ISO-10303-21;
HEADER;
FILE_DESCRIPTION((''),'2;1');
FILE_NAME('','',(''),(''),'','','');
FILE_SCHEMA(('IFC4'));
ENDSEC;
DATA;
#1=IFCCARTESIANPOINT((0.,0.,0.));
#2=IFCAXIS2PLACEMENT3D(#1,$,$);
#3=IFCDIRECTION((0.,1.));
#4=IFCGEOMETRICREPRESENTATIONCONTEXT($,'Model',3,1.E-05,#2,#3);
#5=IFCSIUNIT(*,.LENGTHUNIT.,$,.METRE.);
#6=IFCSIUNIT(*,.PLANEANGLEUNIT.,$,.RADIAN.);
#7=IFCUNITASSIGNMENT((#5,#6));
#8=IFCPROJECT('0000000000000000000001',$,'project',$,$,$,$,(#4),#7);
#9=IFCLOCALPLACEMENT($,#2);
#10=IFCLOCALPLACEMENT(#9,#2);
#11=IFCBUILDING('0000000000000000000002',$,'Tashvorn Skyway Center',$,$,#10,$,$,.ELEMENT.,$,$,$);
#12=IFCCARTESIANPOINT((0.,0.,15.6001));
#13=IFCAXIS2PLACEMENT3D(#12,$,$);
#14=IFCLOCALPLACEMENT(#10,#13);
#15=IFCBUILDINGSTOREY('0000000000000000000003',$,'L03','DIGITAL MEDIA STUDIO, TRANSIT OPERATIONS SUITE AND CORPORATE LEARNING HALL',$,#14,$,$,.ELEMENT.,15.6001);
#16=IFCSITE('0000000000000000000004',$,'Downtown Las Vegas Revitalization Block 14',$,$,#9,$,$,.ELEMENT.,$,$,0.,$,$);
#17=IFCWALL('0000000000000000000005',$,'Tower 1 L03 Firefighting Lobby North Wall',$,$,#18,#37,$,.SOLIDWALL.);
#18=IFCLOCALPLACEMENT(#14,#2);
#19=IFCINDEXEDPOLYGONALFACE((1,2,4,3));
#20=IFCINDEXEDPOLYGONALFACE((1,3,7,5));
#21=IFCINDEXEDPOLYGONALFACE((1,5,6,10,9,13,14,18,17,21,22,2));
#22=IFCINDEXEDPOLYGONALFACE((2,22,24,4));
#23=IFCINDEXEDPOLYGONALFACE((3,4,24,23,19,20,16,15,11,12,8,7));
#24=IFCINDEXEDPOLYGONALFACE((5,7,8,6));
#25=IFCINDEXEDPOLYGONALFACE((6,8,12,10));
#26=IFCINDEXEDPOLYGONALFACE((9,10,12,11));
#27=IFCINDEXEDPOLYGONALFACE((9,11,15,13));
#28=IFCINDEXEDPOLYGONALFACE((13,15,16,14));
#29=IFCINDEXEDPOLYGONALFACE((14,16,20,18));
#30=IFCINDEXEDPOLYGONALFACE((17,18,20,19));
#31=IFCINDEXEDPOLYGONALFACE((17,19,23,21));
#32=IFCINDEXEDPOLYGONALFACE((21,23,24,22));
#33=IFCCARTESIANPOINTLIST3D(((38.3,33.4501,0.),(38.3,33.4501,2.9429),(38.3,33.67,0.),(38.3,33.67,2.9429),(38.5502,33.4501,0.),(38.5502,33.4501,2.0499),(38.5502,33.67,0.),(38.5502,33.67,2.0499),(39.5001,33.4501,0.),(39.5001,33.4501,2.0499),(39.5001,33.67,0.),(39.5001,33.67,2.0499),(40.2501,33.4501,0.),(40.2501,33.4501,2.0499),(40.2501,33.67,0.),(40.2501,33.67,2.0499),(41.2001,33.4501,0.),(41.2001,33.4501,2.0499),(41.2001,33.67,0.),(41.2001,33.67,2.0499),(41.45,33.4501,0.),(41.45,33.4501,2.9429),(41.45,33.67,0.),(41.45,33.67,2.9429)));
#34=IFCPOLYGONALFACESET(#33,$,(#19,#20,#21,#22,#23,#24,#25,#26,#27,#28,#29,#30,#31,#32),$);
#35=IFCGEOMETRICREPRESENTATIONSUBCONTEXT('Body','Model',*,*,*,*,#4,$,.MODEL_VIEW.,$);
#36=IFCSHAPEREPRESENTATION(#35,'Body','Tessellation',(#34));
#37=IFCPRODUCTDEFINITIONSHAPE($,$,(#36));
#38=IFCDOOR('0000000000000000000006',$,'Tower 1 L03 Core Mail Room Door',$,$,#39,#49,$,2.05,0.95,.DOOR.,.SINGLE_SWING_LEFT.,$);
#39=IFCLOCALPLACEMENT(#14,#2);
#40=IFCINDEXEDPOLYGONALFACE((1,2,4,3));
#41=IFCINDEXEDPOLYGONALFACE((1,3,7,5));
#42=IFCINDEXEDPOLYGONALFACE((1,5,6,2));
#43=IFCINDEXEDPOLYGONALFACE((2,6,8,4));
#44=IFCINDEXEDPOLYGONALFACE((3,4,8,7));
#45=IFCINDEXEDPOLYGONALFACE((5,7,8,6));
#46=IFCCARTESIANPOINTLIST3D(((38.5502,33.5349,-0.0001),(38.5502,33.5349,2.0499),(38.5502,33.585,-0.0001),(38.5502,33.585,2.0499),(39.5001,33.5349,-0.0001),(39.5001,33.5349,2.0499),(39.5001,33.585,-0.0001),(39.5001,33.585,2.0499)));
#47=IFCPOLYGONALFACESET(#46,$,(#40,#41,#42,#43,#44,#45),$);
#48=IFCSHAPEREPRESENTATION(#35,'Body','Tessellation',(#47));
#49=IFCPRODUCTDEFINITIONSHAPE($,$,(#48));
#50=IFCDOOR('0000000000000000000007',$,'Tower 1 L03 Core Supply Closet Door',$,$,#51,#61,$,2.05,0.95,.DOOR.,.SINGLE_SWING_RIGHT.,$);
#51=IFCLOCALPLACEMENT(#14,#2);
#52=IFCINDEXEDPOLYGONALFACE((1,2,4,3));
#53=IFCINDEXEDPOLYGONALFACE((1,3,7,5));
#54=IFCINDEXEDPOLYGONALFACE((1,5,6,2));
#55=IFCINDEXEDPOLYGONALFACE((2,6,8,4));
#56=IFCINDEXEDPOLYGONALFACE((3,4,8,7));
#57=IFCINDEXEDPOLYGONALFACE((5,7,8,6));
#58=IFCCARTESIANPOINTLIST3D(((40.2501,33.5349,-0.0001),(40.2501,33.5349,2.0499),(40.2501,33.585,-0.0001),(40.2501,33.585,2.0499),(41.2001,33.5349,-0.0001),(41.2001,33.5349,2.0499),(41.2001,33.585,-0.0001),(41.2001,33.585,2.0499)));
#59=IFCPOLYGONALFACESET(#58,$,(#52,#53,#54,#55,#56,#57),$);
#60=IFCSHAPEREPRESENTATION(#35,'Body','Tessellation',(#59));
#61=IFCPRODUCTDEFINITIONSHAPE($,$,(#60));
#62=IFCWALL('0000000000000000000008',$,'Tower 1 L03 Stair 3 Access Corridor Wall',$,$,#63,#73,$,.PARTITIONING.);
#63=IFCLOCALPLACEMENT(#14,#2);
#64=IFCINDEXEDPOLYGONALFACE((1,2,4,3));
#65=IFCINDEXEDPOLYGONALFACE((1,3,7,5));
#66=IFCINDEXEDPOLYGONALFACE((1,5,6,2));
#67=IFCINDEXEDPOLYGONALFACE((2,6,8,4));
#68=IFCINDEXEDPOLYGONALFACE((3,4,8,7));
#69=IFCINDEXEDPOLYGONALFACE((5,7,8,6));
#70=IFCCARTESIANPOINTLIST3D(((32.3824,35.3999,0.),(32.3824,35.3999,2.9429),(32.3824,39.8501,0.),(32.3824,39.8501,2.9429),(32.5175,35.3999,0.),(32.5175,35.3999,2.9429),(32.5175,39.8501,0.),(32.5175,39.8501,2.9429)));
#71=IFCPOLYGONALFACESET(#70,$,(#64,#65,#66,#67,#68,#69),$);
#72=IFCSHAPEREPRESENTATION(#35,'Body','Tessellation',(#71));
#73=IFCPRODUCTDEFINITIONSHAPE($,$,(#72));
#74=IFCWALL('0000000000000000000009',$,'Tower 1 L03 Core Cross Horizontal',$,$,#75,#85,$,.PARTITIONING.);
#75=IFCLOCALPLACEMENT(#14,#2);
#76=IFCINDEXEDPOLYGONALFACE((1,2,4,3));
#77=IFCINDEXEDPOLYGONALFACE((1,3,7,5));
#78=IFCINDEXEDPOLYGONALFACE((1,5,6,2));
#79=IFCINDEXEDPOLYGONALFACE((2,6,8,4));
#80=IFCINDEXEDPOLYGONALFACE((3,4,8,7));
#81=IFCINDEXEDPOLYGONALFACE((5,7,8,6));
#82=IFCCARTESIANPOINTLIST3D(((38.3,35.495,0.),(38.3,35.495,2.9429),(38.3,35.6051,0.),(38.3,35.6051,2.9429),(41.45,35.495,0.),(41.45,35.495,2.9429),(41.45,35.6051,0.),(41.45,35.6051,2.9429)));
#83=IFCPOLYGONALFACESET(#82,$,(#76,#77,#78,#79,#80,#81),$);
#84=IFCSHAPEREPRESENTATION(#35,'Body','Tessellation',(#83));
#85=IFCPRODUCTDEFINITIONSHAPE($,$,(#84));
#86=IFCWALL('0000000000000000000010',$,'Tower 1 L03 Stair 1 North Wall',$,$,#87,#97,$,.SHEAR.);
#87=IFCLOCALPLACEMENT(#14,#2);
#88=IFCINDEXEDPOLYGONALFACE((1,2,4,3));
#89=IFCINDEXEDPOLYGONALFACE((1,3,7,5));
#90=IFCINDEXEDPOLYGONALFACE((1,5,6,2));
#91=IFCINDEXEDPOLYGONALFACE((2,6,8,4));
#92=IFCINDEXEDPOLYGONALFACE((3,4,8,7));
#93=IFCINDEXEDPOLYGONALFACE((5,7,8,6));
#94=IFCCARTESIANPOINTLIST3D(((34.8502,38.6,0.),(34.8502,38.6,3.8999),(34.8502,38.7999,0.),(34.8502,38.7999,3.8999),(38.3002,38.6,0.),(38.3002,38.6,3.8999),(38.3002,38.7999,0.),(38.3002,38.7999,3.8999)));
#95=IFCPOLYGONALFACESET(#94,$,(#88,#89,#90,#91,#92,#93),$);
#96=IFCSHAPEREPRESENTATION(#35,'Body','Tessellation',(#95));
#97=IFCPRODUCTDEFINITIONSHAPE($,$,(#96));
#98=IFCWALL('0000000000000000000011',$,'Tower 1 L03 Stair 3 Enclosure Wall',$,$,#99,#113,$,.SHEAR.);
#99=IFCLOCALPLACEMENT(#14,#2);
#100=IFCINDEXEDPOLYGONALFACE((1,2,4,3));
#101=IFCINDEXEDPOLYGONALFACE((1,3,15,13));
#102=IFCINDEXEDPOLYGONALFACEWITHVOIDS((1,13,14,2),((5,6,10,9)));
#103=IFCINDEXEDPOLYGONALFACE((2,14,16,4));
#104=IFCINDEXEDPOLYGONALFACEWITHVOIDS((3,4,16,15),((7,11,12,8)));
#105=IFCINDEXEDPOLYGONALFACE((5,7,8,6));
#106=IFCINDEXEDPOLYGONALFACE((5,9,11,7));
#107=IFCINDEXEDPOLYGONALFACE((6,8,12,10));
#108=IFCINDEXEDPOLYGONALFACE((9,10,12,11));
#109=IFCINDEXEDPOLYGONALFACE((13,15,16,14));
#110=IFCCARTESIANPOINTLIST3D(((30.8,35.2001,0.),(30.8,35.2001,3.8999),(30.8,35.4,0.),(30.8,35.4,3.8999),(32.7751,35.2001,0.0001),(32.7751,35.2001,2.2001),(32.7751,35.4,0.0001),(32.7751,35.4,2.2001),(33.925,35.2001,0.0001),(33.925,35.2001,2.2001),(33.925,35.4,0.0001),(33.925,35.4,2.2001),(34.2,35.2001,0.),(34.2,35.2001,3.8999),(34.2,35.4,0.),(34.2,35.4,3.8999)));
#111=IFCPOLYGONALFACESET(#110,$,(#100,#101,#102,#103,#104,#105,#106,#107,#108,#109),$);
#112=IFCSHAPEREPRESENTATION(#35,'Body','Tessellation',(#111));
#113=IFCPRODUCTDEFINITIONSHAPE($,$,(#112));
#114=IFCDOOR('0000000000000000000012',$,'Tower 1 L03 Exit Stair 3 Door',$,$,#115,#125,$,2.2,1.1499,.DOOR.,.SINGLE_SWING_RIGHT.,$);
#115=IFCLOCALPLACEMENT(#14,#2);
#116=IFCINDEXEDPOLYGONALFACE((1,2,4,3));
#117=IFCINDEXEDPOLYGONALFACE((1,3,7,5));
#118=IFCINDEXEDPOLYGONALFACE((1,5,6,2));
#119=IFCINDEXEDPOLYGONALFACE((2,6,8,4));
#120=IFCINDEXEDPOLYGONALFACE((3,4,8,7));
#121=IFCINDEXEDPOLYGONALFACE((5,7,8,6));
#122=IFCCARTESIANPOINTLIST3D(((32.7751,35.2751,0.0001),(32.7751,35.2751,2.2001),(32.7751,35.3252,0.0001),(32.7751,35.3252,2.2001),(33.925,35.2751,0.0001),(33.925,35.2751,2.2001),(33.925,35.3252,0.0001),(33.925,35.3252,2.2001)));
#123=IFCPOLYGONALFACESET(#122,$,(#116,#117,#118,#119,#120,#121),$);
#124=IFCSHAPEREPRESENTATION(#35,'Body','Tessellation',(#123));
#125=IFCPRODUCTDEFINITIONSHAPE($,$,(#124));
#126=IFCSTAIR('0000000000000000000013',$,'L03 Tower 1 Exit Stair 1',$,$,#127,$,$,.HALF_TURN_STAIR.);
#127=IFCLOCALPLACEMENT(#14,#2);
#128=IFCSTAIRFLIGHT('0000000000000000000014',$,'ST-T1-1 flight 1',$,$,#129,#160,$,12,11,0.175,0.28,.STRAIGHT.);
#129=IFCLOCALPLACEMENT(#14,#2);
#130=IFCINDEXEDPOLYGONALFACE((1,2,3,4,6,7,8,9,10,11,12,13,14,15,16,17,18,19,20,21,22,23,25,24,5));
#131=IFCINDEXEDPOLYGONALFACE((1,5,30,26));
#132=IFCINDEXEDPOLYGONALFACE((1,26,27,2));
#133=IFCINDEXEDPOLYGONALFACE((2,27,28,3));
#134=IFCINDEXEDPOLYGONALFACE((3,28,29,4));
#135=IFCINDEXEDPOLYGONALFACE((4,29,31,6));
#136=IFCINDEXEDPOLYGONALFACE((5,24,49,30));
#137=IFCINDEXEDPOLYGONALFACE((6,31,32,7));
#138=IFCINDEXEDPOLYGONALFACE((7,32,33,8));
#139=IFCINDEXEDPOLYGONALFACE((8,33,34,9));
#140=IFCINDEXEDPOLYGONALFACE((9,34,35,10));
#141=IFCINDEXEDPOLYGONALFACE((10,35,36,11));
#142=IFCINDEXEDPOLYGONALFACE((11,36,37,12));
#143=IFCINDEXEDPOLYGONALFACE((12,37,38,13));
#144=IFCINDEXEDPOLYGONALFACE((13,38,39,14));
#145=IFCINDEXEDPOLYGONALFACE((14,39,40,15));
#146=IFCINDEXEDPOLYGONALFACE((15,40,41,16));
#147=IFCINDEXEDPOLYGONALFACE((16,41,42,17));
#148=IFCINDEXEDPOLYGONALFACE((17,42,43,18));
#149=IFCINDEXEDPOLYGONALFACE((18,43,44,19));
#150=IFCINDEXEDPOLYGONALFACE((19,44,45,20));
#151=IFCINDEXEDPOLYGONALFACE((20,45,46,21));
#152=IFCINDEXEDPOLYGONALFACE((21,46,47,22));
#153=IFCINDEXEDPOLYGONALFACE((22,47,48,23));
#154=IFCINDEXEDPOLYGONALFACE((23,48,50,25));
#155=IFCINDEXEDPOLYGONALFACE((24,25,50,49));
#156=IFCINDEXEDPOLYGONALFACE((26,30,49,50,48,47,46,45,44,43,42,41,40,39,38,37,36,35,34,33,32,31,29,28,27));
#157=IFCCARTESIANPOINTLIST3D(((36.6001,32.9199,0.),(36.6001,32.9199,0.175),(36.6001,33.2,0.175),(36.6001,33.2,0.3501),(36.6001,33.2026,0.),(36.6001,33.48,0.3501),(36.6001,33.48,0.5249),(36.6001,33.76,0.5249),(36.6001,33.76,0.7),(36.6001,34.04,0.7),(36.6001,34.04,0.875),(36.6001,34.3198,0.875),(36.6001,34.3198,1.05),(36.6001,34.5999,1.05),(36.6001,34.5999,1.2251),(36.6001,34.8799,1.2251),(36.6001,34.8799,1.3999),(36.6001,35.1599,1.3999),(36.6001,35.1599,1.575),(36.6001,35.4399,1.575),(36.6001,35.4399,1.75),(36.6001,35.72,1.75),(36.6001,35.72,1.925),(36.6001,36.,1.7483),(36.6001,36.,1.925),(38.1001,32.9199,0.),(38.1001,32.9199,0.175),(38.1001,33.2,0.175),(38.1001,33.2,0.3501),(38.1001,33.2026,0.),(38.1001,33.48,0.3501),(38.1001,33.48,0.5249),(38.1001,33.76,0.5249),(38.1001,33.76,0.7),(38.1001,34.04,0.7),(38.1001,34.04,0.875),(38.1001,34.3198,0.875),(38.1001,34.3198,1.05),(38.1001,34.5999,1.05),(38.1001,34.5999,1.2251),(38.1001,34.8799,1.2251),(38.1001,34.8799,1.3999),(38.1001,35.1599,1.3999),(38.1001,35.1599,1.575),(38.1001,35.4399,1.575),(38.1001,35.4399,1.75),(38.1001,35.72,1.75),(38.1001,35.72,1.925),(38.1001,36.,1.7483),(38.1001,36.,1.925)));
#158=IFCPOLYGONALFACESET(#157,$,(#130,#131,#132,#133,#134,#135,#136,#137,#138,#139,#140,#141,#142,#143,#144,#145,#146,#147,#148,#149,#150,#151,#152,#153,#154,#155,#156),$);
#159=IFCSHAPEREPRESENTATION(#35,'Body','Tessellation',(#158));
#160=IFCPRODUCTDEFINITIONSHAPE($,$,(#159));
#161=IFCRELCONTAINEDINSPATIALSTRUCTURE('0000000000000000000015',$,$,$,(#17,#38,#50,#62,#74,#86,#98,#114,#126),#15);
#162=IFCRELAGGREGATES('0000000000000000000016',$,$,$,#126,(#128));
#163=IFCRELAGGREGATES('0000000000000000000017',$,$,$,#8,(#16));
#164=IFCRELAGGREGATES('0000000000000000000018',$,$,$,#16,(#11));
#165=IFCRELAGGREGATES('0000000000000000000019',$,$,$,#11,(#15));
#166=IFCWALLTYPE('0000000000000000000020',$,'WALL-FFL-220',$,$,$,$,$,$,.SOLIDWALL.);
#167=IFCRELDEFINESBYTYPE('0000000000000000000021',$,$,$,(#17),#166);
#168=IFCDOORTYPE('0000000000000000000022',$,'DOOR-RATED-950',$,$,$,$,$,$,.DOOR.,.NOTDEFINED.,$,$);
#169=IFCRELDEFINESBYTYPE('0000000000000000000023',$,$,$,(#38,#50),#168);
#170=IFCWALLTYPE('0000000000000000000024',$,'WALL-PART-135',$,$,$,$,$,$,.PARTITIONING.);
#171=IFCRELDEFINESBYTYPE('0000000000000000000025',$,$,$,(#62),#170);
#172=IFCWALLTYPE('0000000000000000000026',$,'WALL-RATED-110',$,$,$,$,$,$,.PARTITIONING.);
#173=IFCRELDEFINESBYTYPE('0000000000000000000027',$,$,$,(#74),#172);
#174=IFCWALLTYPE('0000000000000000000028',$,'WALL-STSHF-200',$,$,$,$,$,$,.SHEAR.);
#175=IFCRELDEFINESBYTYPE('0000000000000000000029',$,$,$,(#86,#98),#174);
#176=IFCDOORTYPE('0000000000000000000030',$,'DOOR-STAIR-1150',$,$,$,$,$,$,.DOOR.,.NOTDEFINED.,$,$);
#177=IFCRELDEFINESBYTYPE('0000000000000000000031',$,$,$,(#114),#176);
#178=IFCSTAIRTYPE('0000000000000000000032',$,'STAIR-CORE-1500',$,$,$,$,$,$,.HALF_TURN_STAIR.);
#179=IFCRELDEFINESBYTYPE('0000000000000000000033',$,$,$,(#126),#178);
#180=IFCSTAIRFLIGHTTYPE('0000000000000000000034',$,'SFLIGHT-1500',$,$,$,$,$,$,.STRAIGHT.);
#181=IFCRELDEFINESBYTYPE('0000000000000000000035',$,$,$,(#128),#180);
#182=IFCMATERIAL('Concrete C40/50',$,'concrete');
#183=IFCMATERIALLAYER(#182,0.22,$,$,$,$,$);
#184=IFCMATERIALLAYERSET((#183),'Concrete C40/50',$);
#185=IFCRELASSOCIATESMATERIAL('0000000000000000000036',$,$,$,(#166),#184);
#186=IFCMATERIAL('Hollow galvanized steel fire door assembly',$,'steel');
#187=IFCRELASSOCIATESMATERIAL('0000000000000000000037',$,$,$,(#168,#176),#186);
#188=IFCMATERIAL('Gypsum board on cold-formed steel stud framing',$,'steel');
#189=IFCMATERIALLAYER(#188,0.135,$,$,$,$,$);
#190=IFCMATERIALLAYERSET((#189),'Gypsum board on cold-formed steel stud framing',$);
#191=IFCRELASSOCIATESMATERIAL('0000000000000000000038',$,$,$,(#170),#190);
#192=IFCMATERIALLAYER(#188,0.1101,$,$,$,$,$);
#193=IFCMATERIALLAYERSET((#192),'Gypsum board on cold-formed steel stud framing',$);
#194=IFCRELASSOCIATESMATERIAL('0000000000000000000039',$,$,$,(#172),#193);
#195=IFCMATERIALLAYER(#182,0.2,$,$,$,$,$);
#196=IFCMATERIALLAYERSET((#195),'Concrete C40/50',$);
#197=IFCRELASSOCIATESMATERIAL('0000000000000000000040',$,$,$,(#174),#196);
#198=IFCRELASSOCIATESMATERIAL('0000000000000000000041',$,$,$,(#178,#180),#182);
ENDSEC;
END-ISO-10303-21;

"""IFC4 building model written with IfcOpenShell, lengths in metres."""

from ifc_helpers import new_model, si_unit, direction, frame, frame_2d, origin, place, context, subcontext, project, spatial, polyline, rectangle, outline, extrude, material, layer, layer_set, type_object, element, fill, aggregate, save


model = new_model("IFC4")

# Units and contexts
model_context = context("Model", 3, precision=1e-05, world=origin(), true_north=direction((0.0, 1.0)))
body_context = subcontext(model_context, "Body", "Model", "MODEL_VIEW")
ifc_project = project(units=[si_unit("LENGTHUNIT", "METRE"), si_unit("PLANEANGLEUNIT", "RADIAN")], contexts=[model_context])

# Site, building, storey
site_placement = place(None, origin())
site = spatial("IfcSite", under=ifc_project, at=site_placement, Name="Downtown Las Vegas Revitalization Block 14", CompositionType="ELEMENT", RefElevation=0.0)
building_placement = place(site_placement, origin())
building = spatial("IfcBuilding", under=site, at=building_placement, Name="Tashvorn Skyway Center", CompositionType="ELEMENT")
storey_placement = place(building_placement, frame((0.0, 0.0, 15.6001)))
storey = spatial("IfcBuildingStorey", under=building, at=storey_placement, Name="L03", Description="DIGITAL MEDIA STUDIO, TRANSIT OPERATIONS SUITE AND CORPORATE LEARNING HALL", CompositionType="ELEMENT", Elevation=15.6001)

# Wall, openings, doors
ifc_material_1 = material(Name="Hollow galvanized steel fire door assembly", Category="steel")
ifc_material_2 = material(Name="Concrete C40/50", Category="concrete")
ifc_layer_1 = layer(ifc_material_2, 0.22)
ifc_layer_set_1 = layer_set([ifc_layer_1], Name="Concrete C40/50")
wall_type_1 = type_object("IfcWallType", Name="WALL-FFL-220", PredefinedType="SOLIDWALL", material=ifc_layer_set_1)
wall_1_placement = place(storey_placement, frame((38.3, 33.5601, 0.0), z_axis=(0.0, 0.0, 1.0), x_axis=(1.0, 0.0, 0.0)))
wall_1 = element("IfcWall", 1, at=wall_1_placement, inside=storey, type_object=wall_type_1, Name="Tower 1 L03 Firefighting Lobby North Wall", PredefinedType="SOLIDWALL", context=body_context, shape_type="SweptSolid", body=[
    extrude(rectangle(XDim=3.1499, YDim=0.22, at=frame_2d((1.575, 0.0))), origin(), (0.0, 0.0, 1.0), 2.9429),
])
opening_1_placement = place(wall_1_placement, frame((0.25, 0.0, 0.0)))
opening_1 = element("IfcOpeningElement", 2, at=opening_1_placement, cuts=wall_1, PredefinedType="OPENING", context=body_context, shape_type="SweptSolid", body=[
    extrude(rectangle(XDim=0.95, YDim=2.05, at=frame_2d((0.4751, 1.0249))), frame((0.0, 0.1199, 0.0), z_axis=(0.0, -1.0, 0.0), x_axis=(1.0, 0.0, 0.0)), (0.0, 0.0, 1.0), 0.24),
])
opening_2_placement = place(wall_1_placement, frame((1.95, 0.0, 0.0)))
opening_2 = element("IfcOpeningElement", 3, at=opening_2_placement, cuts=wall_1, PredefinedType="OPENING", context=body_context, shape_type="SweptSolid", body=[
    extrude(rectangle(XDim=0.95, YDim=2.05, at=frame_2d((0.4751, 1.0249))), frame((0.0, 0.1199, 0.0), z_axis=(0.0, -1.0, 0.0), x_axis=(1.0, 0.0, 0.0)), (0.0, 0.0, 1.0), 0.24),
])
door_type_1 = type_object("IfcDoorType", Name="DOOR-RATED-950", OperationType="NOTDEFINED", PredefinedType="DOOR", material=ifc_material_1)
door_1_placement = place(opening_1_placement, origin())
door_1 = element("IfcDoor", 4, at=door_1_placement, inside=storey, type_object=door_type_1, Name="Tower 1 L03 Core Mail Room Door", OperationType="SINGLE_SWING_LEFT", OverallHeight=2.05, OverallWidth=0.95, PredefinedType="DOOR", context=body_context, shape_type="SweptSolid", body=[
    extrude(rectangle(XDim=0.95, YDim=2.05, at=frame_2d((0.4751, 1.0249))), frame((0.0, 0.0249, 0.0), z_axis=(0.0, -1.0, 0.0), x_axis=(1.0, 0.0, 0.0)), (0.0, 0.0, 1.0), 0.05),
])
fill(opening_1, door_1)
door_2_placement = place(opening_2_placement, origin())
door_2 = element("IfcDoor", 5, at=door_2_placement, inside=storey, type_object=door_type_1, Name="Tower 1 L03 Core Supply Closet Door", OperationType="SINGLE_SWING_RIGHT", OverallHeight=2.05, OverallWidth=0.95, PredefinedType="DOOR", context=body_context, shape_type="SweptSolid", body=[
    extrude(rectangle(XDim=0.95, YDim=2.05, at=frame_2d((0.4751, 1.0249))), frame((0.0, 0.0249, 0.0), z_axis=(0.0, -1.0, 0.0), x_axis=(1.0, 0.0, 0.0)), (0.0, 0.0, 1.0), 0.05),
])
fill(opening_2, door_2)

# Walls
ifc_material_3 = material(Name="Gypsum board on cold-formed steel stud framing", Category="steel")
ifc_layer_2 = layer(ifc_material_3, 0.135)
ifc_layer_set_2 = layer_set([ifc_layer_2], Name="Gypsum board on cold-formed steel stud framing")
wall_type_2 = type_object("IfcWallType", Name="WALL-PART-135", PredefinedType="PARTITIONING", material=ifc_layer_set_2)
wall_2_placement = place(storey_placement, frame((32.45, 35.3999, 0.0), z_axis=(0.0, 0.0, 1.0), x_axis=(0.0, 1.0, 0.0)))
element("IfcWall", 6, at=wall_2_placement, inside=storey, type_object=wall_type_2, Name="Tower 1 L03 Stair 3 Access Corridor Wall", PredefinedType="PARTITIONING", context=body_context, shape_type="SweptSolid", body=[
    extrude(rectangle(XDim=4.4502, YDim=0.135, at=frame_2d((2.2251, 0.0))), origin(), (0.0, 0.0, 1.0), 2.9429),
])
ifc_layer_3 = layer(ifc_material_3, 0.1101)
ifc_layer_set_3 = layer_set([ifc_layer_3], Name="Gypsum board on cold-formed steel stud framing")
wall_type_3 = type_object("IfcWallType", Name="WALL-RATED-110", PredefinedType="PARTITIONING", material=ifc_layer_set_3)
wall_3_placement = place(storey_placement, frame((38.3, 35.55, 0.0), z_axis=(0.0, 0.0, 1.0), x_axis=(1.0, 0.0, 0.0)))
element("IfcWall", 7, at=wall_3_placement, inside=storey, type_object=wall_type_3, Name="Tower 1 L03 Core Cross Horizontal", PredefinedType="PARTITIONING", context=body_context, shape_type="SweptSolid", body=[
    extrude(rectangle(XDim=3.1499, YDim=0.1101, at=frame_2d((1.575, 0.0))), origin(), (0.0, 0.0, 1.0), 2.9429),
])
ifc_layer_4 = layer(ifc_material_2, 0.2)
ifc_layer_set_4 = layer_set([ifc_layer_4], Name="Concrete C40/50")
wall_type_4 = type_object("IfcWallType", Name="WALL-STSHF-200", PredefinedType="SHEAR", material=ifc_layer_set_4)
wall_4_placement = place(storey_placement, frame((34.8501, 38.7, 0.0), z_axis=(0.0, 0.0, 1.0), x_axis=(1.0, 0.0, 0.0)))
element("IfcWall", 8, at=wall_4_placement, inside=storey, type_object=wall_type_4, Name="Tower 1 L03 Stair 1 North Wall", PredefinedType="SHEAR", context=body_context, shape_type="SweptSolid", body=[
    extrude(rectangle(XDim=3.45, YDim=0.2, at=frame_2d((1.7251, 0.0))), origin(), (0.0, 0.0, 1.0), 3.8999),
])

# Wall, opening, door
wall_5_placement = place(storey_placement, frame((34.2, 35.3, 0.0), z_axis=(0.0, 0.0, 1.0), x_axis=(-1.0, 0.0, 0.0)))
wall_5 = element("IfcWall", 9, at=wall_5_placement, inside=storey, type_object=wall_type_4, Name="Tower 1 L03 Stair 3 Enclosure Wall", PredefinedType="SHEAR", context=body_context, shape_type="SweptSolid", body=[
    extrude(rectangle(XDim=3.3999, YDim=0.2, at=frame_2d((1.7, 0.0))), origin(), (0.0, 0.0, 1.0), 3.8999),
])
opening_3_placement = place(wall_5_placement, frame((0.2749, 0.0, 0.0)))
opening_3 = element("IfcOpeningElement", 10, at=opening_3_placement, cuts=wall_5, PredefinedType="OPENING", context=body_context, shape_type="SweptSolid", body=[
    extrude(rectangle(XDim=1.1499, YDim=2.2, at=frame_2d((0.575, 1.1001))), frame((0.0, 0.1099, 0.0), z_axis=(0.0, -1.0, 0.0), x_axis=(1.0, 0.0, 0.0)), (0.0, 0.0, 1.0), 0.22),
])
door_type_2 = type_object("IfcDoorType", Name="DOOR-STAIR-1150", OperationType="NOTDEFINED", PredefinedType="DOOR", material=ifc_material_1)
door_3_placement = place(opening_3_placement, origin())
door_3 = element("IfcDoor", 11, at=door_3_placement, inside=storey, type_object=door_type_2, Name="Tower 1 L03 Exit Stair 3 Door", OperationType="SINGLE_SWING_RIGHT", OverallHeight=2.2, OverallWidth=1.1499, PredefinedType="DOOR", context=body_context, shape_type="SweptSolid", body=[
    extrude(rectangle(XDim=1.1499, YDim=2.2, at=frame_2d((0.575, 1.1001))), frame((0.0, 0.0249, 0.0), z_axis=(0.0, -1.0, 0.0), x_axis=(1.0, 0.0, 0.0)), (0.0, 0.0, 1.0), 0.05),
])
fill(opening_3, door_3)

# Stair, stair flight
stair_type = type_object("IfcStairType", Name="STAIR-CORE-1500", PredefinedType="HALF_TURN_STAIR", material=ifc_material_2)
stair_placement = place(storey_placement, origin())
stair = element("IfcStair", 12, at=stair_placement, inside=storey, type_object=stair_type, Name="L03 Tower 1 Exit Stair 1", PredefinedType="HALF_TURN_STAIR")
stair_flight_type = type_object("IfcStairFlightType", Name="SFLIGHT-1500", PredefinedType="STRAIGHT", material=ifc_material_2)
stair_flight_1_placement = place(storey_placement, frame((37.3501, 32.9199, 0.0), z_axis=(0.0, 0.0, 1.0), x_axis=(0.0, 1.0, 0.0)))
stair_flight_1 = element("IfcStairFlight", 13, at=stair_flight_1_placement, type_object=stair_flight_type, Name="ST-T1-1 flight 1", NumberOfRisers=12, NumberOfTreads=11, PredefinedType="STRAIGHT", RiserHeight=0.175, TreadLength=0.28, context=body_context, shape_type="SweptSolid", body=[
    extrude(outline(polyline([(0.0, 0.0), (0.0, 0.175), (0.28, 0.175), (0.28, 0.3501), (0.5601, 0.3501), (0.5601, 0.5249), (0.8401, 0.5249), (0.8401, 0.7), (1.1201, 0.7), (1.1201, 0.875), (1.3999, 0.875), (1.3999, 1.05), (1.6799, 1.05), (1.6799, 1.2251), (1.96, 1.2251), (1.96, 1.3999), (2.24, 1.3999), (2.24, 1.575), (2.52, 1.575), (2.52, 1.75), (2.8, 1.75), (2.8, 1.925), (3.0801, 1.925), (3.0801, 2.1001), (3.0801, 1.7483), (0.2827, 0.0), (0.0, 0.0)])), frame((0.0, 0.75, 0.0), z_axis=(0.0, -1.0, 0.0), x_axis=(1.0, 0.0, 0.0)), (0.0, 0.0, 1.0), 1.5),
])
aggregate(stair, [stair_flight_1])

save(model, "model.ifc")
